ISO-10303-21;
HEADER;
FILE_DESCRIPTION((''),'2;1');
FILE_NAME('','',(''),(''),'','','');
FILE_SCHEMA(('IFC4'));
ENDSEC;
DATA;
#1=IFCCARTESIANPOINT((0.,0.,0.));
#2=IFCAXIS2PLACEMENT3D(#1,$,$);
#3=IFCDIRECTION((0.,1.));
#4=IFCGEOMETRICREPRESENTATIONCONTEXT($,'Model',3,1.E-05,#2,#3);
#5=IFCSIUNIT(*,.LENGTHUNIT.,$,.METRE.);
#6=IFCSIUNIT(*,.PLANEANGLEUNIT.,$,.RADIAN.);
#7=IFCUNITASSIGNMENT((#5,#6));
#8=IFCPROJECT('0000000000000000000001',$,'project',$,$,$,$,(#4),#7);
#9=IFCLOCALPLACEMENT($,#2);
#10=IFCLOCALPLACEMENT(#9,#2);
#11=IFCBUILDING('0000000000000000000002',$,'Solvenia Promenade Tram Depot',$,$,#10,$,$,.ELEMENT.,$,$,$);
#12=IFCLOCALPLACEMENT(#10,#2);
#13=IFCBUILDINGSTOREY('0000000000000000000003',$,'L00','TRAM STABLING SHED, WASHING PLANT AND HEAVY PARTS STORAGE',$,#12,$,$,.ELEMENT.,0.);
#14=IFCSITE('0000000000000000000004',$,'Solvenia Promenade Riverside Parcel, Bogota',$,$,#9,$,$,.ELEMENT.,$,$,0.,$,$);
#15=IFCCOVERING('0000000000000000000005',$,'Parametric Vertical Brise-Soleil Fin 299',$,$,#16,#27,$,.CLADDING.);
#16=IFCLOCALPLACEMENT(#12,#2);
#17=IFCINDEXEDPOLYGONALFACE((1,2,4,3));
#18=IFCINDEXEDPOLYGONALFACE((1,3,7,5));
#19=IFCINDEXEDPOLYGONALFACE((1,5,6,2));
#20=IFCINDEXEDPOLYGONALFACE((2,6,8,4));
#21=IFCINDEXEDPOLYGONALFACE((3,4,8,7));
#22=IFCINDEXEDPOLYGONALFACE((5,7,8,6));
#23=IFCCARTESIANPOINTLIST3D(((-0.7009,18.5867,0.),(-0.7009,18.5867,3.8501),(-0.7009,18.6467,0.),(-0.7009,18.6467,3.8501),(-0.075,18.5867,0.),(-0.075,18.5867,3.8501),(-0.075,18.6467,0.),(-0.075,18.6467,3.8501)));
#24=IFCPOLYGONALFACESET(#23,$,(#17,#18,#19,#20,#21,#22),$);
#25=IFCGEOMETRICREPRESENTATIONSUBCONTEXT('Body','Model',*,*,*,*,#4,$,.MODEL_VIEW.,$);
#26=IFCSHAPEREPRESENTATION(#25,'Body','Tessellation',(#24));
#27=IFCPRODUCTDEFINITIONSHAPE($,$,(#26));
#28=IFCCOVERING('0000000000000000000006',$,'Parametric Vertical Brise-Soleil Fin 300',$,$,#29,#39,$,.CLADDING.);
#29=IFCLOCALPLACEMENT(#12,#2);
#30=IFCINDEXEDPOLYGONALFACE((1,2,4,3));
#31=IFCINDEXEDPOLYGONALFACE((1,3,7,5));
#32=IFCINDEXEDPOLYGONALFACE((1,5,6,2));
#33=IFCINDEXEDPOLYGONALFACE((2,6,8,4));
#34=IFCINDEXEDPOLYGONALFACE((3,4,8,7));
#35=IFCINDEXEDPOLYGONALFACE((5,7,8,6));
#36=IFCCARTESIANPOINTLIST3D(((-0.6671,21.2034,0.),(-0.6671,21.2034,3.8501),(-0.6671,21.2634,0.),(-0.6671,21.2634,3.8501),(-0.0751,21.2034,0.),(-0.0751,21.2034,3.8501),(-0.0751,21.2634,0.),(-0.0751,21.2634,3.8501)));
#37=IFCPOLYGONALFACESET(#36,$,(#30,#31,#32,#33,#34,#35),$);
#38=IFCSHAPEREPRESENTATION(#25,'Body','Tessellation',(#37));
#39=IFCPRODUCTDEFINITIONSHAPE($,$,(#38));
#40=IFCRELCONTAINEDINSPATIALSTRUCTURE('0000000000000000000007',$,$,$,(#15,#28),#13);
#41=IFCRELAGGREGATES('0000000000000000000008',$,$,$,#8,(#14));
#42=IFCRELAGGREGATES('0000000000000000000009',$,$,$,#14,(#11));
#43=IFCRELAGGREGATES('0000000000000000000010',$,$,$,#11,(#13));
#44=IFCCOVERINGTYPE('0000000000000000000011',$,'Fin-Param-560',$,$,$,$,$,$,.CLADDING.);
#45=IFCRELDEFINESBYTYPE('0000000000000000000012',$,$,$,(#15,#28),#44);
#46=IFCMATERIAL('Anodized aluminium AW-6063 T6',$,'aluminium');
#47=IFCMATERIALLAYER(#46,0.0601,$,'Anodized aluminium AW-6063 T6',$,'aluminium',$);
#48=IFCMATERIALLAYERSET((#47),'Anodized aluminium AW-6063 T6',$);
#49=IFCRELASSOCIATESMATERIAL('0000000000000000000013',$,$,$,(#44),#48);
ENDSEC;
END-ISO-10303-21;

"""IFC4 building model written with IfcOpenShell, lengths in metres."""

from ifc_helpers import new_model, si_unit, direction, frame, origin, origin_2d, place, context, subcontext, project, spatial, rectangle, extrude, material, layer, layer_set, type_object, element, save


model = new_model("IFC4")

# Units and contexts
model_context = context("Model", 3, precision=1e-05, world=origin(), true_north=direction((0.0, 1.0)))
body_context = subcontext(model_context, "Body", "Model", "MODEL_VIEW")
ifc_project = project(units=[si_unit("LENGTHUNIT", "METRE"), si_unit("PLANEANGLEUNIT", "RADIAN")], contexts=[model_context])

# Site, building, storey
site_placement = place(None, origin())
site = spatial("IfcSite", under=ifc_project, at=site_placement, Name="Solvenia Promenade Riverside Parcel, Bogota", CompositionType="ELEMENT", RefElevation=0.0)
building_placement = place(site_placement, origin())
building = spatial("IfcBuilding", under=site, at=building_placement, Name="Solvenia Promenade Tram Depot", CompositionType="ELEMENT")
storey_placement = place(building_placement, origin())
storey = spatial("IfcBuildingStorey", under=building, at=storey_placement, Name="L00", Description="TRAM STABLING SHED, WASHING PLANT AND HEAVY PARTS STORAGE", CompositionType="ELEMENT", Elevation=0.0)

# Shared definitions
ifc_material_1 = material(Name="Anodized aluminium AW-6063 T6", Category="aluminium")

# Coverings
ifc_layer_1 = layer(ifc_material_1, 0.0601, Name="Anodized aluminium AW-6063 T6", Category="aluminium")
ifc_layer_set_1 = layer_set([ifc_layer_1], Name="Anodized aluminium AW-6063 T6")
covering_type = type_object("IfcCoveringType", Name="Fin-Param-560", PredefinedType="CLADDING", material=ifc_layer_set_1)
covering_1_placement = place(storey_placement, frame((-0.3879, 18.6167, 0.0), z_axis=(0.0, 0.0, 1.0), x_axis=(0.0, 1.0, 0.0)))
element("IfcCovering", 1, at=covering_1_placement, inside=storey, type_object=covering_type, Name="Parametric Vertical Brise-Soleil Fin 299", PredefinedType="CLADDING", context=body_context, shape_type="SweptSolid", body=[
    extrude(rectangle(XDim=0.0601, YDim=0.626, at=origin_2d()), origin(), (0.0, 0.0, 1.0), 3.8501),
])
covering_2_placement = place(storey_placement, frame((-0.3711, 21.2334, 0.0), z_axis=(0.0, 0.0, 1.0), x_axis=(0.0, 1.0, 0.0)))
element("IfcCovering", 2, at=covering_2_placement, inside=storey, type_object=covering_type, Name="Parametric Vertical Brise-Soleil Fin 300", PredefinedType="CLADDING", context=body_context, shape_type="SweptSolid", body=[
    extrude(rectangle(XDim=0.0601, YDim=0.592, at=origin_2d()), origin(), (0.0, 0.0, 1.0), 3.8501),
])

save(model, "model.ifc")
